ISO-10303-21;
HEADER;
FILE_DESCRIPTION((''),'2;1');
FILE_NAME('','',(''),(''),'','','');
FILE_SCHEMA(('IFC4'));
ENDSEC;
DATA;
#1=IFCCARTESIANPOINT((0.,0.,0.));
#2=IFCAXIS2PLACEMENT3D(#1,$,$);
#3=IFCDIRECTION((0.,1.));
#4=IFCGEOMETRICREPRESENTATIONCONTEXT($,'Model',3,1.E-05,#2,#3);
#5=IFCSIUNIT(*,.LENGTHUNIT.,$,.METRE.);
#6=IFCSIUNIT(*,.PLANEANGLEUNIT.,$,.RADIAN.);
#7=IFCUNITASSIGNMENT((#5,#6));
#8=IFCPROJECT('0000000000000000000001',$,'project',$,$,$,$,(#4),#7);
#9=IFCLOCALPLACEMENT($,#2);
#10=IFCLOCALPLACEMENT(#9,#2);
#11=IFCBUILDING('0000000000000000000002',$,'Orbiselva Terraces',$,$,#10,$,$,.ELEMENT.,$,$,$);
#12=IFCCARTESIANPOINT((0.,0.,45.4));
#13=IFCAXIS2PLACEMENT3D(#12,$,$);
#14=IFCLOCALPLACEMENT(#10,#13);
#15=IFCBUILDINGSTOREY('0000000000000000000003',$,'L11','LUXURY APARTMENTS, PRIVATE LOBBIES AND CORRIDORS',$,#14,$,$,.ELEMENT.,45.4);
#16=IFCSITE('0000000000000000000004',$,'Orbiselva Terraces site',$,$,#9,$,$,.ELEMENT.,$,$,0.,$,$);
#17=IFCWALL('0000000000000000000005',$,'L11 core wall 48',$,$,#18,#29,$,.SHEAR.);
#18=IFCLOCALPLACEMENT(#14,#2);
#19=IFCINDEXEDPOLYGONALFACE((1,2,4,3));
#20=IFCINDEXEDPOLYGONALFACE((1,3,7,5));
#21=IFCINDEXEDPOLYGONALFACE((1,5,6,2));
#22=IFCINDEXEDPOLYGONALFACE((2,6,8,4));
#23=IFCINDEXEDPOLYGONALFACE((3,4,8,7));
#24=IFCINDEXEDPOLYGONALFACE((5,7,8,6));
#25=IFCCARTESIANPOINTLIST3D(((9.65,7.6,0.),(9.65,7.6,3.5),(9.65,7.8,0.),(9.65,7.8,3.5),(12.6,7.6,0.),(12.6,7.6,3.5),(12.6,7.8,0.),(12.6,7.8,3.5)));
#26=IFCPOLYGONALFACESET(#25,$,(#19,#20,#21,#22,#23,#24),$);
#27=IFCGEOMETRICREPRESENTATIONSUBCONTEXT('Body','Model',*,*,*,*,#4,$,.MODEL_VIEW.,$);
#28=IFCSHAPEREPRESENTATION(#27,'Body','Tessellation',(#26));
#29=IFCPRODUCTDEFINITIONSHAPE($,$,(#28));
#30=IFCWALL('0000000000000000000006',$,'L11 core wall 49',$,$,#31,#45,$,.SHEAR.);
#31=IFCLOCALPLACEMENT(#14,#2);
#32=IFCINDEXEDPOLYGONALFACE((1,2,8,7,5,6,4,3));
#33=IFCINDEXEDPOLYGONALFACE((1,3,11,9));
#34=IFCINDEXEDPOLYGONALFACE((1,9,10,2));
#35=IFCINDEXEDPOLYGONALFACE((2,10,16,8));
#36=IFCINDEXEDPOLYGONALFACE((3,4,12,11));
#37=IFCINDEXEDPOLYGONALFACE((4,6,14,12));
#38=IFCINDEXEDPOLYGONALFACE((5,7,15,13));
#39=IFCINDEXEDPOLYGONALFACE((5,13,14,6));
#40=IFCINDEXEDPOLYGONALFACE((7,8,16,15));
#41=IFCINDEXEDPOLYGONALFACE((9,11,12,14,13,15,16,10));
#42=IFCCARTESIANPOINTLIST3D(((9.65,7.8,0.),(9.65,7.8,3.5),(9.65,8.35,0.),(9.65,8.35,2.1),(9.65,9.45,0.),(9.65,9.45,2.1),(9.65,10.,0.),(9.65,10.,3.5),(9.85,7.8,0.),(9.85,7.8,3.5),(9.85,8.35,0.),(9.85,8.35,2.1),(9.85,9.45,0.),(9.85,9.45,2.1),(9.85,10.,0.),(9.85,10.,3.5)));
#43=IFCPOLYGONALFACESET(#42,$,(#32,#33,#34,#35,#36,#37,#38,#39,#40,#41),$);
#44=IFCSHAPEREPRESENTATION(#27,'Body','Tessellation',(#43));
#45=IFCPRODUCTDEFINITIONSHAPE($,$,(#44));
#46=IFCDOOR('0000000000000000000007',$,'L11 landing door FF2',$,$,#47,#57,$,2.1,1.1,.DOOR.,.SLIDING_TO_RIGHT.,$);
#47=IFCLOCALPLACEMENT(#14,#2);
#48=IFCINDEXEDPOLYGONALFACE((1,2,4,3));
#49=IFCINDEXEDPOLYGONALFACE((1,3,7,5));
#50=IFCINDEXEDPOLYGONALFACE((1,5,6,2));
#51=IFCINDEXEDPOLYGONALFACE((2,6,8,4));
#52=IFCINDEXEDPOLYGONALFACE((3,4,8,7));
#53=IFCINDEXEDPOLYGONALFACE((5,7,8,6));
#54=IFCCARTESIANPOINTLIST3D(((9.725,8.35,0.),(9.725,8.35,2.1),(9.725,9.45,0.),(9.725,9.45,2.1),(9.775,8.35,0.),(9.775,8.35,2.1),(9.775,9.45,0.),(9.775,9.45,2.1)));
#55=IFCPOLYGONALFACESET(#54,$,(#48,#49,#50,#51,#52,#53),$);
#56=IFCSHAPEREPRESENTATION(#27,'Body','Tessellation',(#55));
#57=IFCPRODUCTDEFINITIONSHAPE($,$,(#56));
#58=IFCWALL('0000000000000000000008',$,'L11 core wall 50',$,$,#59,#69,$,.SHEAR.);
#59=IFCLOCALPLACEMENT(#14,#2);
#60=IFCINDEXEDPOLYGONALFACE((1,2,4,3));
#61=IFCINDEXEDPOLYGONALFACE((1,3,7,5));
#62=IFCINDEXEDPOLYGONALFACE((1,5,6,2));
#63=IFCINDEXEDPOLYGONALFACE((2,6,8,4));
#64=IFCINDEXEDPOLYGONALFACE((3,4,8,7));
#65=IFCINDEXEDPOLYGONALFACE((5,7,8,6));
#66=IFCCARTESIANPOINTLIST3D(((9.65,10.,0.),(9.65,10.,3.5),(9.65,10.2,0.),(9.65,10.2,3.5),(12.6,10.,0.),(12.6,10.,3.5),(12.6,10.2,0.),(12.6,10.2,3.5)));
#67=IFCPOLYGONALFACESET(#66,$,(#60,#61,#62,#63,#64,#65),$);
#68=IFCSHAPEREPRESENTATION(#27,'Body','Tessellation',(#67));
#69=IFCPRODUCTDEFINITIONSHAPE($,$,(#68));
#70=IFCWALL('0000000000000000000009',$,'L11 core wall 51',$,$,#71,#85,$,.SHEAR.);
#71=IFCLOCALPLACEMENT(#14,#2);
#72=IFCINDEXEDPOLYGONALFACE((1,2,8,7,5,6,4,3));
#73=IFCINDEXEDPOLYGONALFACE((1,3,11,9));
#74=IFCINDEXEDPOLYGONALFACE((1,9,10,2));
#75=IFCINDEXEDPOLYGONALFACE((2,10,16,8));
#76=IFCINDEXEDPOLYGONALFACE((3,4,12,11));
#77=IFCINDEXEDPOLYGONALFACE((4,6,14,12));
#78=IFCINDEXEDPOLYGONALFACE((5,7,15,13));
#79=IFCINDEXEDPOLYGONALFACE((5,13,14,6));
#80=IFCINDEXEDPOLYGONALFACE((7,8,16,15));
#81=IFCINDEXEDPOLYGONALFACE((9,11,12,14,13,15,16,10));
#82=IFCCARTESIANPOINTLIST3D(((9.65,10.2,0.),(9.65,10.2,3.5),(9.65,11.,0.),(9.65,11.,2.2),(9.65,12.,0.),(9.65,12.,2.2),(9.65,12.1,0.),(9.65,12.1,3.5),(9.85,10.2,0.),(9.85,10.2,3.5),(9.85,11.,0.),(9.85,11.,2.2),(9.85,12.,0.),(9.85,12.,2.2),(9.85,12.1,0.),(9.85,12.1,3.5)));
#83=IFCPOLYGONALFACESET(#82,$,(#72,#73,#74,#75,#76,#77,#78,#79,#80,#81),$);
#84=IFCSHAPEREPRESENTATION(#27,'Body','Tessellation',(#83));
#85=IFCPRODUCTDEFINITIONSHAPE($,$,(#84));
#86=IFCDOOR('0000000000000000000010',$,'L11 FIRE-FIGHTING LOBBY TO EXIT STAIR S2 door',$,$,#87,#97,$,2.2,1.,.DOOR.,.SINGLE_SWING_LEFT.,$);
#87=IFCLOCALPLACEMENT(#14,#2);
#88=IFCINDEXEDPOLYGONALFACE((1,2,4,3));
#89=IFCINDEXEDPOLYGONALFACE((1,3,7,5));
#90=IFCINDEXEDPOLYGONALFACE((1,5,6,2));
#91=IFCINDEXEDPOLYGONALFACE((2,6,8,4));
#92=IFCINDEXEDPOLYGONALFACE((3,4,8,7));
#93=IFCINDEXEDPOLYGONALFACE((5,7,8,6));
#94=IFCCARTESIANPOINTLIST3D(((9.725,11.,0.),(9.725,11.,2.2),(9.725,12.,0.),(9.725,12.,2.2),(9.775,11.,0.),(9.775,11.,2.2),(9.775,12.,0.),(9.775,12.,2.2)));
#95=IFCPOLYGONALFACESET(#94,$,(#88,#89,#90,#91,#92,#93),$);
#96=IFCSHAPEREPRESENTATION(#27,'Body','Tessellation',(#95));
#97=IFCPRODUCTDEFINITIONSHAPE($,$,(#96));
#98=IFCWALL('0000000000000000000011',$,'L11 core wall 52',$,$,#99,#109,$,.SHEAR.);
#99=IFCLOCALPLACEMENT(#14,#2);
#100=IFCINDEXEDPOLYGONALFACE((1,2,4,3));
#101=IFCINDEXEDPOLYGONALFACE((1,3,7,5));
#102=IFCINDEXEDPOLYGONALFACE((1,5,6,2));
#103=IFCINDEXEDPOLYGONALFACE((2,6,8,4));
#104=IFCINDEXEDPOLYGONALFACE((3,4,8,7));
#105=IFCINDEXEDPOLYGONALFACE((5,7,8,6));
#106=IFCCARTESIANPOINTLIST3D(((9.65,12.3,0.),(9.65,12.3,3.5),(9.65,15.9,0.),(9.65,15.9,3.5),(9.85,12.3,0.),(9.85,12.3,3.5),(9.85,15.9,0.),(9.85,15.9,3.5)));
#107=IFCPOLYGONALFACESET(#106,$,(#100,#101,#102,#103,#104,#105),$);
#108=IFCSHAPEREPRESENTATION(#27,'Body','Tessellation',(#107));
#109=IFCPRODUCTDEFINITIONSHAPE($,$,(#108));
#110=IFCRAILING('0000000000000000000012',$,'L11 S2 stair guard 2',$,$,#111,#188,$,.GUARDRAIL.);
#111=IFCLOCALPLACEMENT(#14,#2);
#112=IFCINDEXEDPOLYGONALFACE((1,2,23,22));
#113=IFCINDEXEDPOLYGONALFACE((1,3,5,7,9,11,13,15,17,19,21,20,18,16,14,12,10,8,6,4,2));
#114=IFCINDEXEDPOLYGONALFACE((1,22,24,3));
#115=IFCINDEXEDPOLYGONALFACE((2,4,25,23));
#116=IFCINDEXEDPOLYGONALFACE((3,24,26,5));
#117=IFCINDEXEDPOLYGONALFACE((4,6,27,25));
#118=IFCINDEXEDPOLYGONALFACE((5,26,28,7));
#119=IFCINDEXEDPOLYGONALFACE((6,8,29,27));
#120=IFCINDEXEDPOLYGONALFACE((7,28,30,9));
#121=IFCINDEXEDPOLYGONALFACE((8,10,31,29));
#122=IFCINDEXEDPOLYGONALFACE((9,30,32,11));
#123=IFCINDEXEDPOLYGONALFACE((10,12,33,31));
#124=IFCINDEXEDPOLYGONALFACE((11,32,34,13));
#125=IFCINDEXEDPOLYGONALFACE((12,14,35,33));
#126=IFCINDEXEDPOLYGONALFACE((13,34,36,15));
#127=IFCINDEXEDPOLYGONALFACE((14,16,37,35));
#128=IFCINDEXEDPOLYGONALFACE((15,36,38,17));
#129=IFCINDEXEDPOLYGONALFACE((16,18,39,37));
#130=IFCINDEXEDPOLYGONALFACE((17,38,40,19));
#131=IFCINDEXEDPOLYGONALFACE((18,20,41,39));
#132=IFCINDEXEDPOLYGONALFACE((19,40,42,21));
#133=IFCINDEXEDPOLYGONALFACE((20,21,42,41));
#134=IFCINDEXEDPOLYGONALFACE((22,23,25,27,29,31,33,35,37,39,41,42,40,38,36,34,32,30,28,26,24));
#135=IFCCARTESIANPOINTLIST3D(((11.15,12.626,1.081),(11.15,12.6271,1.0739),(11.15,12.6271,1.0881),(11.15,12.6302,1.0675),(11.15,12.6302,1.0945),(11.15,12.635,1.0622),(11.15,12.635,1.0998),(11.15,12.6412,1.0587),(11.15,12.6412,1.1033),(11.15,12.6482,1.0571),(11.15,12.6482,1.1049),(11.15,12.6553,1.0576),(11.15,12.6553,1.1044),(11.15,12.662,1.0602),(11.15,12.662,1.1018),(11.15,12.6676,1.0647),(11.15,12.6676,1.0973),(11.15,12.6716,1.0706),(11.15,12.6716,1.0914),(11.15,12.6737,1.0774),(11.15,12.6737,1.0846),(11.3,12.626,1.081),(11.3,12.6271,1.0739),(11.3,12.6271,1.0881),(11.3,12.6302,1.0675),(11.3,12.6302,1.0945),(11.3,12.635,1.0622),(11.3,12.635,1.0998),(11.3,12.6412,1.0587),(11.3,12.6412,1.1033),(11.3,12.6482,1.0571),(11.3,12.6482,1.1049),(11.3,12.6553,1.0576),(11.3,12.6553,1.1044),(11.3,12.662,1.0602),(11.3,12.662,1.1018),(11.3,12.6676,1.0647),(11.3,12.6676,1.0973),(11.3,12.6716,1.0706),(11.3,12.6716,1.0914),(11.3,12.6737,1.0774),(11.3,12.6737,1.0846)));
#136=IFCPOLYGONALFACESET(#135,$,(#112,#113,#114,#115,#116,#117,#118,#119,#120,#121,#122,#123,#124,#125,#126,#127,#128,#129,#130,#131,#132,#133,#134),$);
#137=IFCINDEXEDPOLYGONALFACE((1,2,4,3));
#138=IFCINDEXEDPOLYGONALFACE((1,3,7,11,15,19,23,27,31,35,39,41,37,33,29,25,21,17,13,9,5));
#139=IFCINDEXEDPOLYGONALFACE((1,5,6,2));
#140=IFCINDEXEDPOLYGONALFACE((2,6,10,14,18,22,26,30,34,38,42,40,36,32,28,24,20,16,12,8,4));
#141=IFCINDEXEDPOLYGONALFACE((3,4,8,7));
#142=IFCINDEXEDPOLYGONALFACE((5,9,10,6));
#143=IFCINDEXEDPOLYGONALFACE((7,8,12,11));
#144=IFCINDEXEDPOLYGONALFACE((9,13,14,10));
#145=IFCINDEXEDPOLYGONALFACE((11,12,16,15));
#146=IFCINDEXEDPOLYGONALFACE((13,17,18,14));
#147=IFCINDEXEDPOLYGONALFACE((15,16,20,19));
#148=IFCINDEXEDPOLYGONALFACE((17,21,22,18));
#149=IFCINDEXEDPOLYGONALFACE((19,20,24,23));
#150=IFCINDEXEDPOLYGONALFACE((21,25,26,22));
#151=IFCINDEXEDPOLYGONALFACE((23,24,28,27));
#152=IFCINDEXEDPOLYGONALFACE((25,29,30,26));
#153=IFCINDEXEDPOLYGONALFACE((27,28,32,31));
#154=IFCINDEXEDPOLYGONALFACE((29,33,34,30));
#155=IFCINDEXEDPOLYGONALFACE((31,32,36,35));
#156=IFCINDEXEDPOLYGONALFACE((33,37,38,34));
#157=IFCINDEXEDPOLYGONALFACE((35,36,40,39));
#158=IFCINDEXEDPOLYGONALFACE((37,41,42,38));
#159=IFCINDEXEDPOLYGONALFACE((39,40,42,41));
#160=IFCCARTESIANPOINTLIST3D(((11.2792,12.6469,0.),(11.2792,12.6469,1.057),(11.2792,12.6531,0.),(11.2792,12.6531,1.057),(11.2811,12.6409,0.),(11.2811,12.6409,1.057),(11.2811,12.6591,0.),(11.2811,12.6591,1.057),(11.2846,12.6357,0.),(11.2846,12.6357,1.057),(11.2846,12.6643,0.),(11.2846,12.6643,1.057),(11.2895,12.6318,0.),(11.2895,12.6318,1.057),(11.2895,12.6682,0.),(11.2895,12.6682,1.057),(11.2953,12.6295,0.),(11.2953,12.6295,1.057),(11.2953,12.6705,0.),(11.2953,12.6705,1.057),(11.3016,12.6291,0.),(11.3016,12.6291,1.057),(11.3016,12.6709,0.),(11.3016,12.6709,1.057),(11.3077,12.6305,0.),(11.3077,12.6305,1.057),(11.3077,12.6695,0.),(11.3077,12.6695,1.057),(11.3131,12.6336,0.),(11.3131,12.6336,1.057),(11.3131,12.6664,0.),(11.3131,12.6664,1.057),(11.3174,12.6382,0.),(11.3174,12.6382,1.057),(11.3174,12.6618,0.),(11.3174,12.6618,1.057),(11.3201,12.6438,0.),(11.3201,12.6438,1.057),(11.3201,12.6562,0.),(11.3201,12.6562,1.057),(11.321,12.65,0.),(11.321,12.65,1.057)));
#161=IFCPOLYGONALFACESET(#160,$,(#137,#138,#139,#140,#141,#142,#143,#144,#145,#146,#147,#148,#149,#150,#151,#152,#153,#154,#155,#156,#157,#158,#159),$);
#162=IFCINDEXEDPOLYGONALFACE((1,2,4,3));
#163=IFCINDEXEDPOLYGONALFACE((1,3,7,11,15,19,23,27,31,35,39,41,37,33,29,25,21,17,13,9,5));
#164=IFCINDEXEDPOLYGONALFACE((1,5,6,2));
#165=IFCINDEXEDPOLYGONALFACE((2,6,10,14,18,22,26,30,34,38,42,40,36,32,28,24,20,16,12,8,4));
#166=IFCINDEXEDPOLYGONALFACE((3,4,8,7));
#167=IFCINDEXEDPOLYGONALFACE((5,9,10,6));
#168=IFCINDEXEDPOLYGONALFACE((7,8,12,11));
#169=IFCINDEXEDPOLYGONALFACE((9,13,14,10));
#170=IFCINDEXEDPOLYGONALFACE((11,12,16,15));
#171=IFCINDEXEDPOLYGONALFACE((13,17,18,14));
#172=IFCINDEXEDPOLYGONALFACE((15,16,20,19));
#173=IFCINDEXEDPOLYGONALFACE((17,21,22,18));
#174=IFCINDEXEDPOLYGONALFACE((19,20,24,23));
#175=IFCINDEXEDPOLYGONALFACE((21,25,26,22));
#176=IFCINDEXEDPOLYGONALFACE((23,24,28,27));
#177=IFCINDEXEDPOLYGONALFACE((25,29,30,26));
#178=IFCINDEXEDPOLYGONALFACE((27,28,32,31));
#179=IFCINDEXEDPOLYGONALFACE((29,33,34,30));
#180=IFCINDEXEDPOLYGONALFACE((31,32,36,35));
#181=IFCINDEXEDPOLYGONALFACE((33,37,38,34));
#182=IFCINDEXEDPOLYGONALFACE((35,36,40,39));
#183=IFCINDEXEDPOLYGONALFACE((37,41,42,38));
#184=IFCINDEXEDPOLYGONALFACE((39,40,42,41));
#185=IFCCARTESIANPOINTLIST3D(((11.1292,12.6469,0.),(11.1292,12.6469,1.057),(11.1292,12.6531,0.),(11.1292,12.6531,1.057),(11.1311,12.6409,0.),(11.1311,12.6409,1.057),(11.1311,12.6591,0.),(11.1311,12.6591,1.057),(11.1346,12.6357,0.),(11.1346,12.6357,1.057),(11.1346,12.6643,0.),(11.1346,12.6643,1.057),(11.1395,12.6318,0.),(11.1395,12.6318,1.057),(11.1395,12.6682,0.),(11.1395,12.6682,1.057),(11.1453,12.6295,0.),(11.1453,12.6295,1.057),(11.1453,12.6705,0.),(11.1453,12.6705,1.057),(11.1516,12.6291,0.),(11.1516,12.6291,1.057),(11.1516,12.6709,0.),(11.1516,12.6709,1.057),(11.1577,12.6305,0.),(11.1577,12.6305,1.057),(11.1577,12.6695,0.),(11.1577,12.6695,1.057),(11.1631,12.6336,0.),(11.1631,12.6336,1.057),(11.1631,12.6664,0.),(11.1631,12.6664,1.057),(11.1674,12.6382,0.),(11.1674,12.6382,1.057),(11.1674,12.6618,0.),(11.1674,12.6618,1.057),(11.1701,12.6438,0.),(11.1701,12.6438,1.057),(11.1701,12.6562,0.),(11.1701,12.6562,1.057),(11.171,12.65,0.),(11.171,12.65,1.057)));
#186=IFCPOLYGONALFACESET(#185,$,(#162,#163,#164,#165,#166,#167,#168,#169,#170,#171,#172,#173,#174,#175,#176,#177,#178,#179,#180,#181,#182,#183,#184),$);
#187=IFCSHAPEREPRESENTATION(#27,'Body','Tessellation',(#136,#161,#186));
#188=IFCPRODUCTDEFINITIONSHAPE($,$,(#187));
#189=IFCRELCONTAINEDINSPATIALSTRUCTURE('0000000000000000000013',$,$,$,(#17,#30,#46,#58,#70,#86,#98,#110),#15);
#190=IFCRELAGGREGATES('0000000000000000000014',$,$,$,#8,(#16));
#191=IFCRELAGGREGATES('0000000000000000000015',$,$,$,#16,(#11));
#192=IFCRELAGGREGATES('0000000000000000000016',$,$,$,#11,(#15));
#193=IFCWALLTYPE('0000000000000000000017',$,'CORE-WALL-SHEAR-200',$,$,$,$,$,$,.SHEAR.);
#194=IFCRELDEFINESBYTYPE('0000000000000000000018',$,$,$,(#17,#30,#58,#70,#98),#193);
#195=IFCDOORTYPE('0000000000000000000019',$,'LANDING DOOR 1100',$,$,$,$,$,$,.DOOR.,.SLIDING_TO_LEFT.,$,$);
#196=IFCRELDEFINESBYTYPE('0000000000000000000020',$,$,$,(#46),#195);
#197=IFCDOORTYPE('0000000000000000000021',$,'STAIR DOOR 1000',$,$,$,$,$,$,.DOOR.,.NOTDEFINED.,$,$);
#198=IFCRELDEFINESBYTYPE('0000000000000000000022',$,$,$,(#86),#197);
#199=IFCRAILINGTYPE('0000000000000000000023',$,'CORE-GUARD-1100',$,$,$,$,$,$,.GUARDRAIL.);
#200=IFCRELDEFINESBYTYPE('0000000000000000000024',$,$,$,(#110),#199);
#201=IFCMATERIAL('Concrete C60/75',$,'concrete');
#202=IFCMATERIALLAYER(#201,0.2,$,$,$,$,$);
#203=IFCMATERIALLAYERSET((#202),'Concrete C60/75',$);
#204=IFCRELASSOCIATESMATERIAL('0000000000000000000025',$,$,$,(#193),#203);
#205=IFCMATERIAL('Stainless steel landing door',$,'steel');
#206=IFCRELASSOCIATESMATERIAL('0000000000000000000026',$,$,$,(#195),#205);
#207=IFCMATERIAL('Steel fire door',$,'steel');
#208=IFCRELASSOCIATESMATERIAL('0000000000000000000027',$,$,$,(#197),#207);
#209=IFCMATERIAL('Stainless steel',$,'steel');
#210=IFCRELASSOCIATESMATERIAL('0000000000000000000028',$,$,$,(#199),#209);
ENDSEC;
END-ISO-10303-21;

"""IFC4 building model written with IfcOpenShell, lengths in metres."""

from ifc_helpers import new_model, si_unit, direction, frame, frame_2d, origin, origin_2d, place, context, subcontext, project, spatial, rectangle, circle, extrude, material, layer, layer_set, type_object, element, fill, save


model = new_model("IFC4")

# Units and contexts
model_context = context("Model", 3, precision=1e-05, world=origin(), true_north=direction((0.0, 1.0)))
body_context = subcontext(model_context, "Body", "Model", "MODEL_VIEW")
ifc_project = project(units=[si_unit("LENGTHUNIT", "METRE"), si_unit("PLANEANGLEUNIT", "RADIAN")], contexts=[model_context])

# Site, building, storey
site_placement = place(None, origin())
site = spatial("IfcSite", under=ifc_project, at=site_placement, Name="Orbiselva Terraces site", CompositionType="ELEMENT", RefElevation=0.0)
building_placement = place(site_placement, origin())
building = spatial("IfcBuilding", under=site, at=building_placement, Name="Orbiselva Terraces", CompositionType="ELEMENT")
storey_placement = place(building_placement, frame((0.0, 0.0, 45.4)))
storey = spatial("IfcBuildingStorey", under=building, at=storey_placement, Name="L11", Description="LUXURY APARTMENTS, PRIVATE LOBBIES AND CORRIDORS", CompositionType="ELEMENT", Elevation=45.4)

# Shared definitions
ifc_material_1 = material(Name="Steel fire door", Category="steel")

# Shared definitions
ifc_material_2 = material(Name="Concrete C60/75", Category="concrete")
ifc_layer_1 = layer(ifc_material_2, 0.2)
ifc_layer_set_1 = layer_set([ifc_layer_1], Name="Concrete C60/75")
wall_type_1 = type_object("IfcWallType", Name="CORE-WALL-SHEAR-200", PredefinedType="SHEAR", material=ifc_layer_set_1)

# Shared definitions
ifc_material_3 = material(Name="Stainless steel landing door", Category="steel")
door_type_1 = type_object("IfcDoorType", Name="LANDING DOOR 1100", OperationType="SLIDING_TO_LEFT", PredefinedType="DOOR", material=ifc_material_3)

# Wall
wall_1_placement = place(storey_placement, frame((9.65, 7.7, 0.0), z_axis=(0.0, 0.0, 1.0), x_axis=(1.0, 0.0, 0.0)))
element("IfcWall", 1, at=wall_1_placement, inside=storey, type_object=wall_type_1, Name="L11 core wall 48", PredefinedType="SHEAR", context=body_context, shape_type="SweptSolid", body=[
    extrude(rectangle(XDim=2.95, YDim=0.2, at=frame_2d((1.475, 0.0))), origin(), (0.0, 0.0, 1.0), 3.5),
])

# Wall, opening, door
wall_2_placement = place(storey_placement, frame((9.75, 7.8, 0.0), z_axis=(0.0, 0.0, 1.0), x_axis=(0.0, 1.0, 0.0)))
wall_2 = element("IfcWall", 2, at=wall_2_placement, inside=storey, type_object=wall_type_1, Name="L11 core wall 49", PredefinedType="SHEAR", context=body_context, shape_type="SweptSolid", body=[
    extrude(rectangle(XDim=2.2, YDim=0.2, at=frame_2d((1.1, 0.0))), origin(), (0.0, 0.0, 1.0), 3.5),
])
opening_1_placement = place(wall_2_placement, frame((0.55, 0.0, 0.0)))
opening_1 = element("IfcOpeningElement", 3, at=opening_1_placement, cuts=wall_2, PredefinedType="OPENING", context=body_context, shape_type="SweptSolid", body=[
    extrude(rectangle(XDim=1.1, YDim=2.1, at=frame_2d((0.55, 1.05))), frame((0.0, 0.11, 0.0), z_axis=(0.0, -1.0, 0.0), x_axis=(1.0, 0.0, 0.0)), (0.0, 0.0, 1.0), 0.22),
])
door_1_placement = place(opening_1_placement, origin())
door_1 = element("IfcDoor", 4, at=door_1_placement, inside=storey, type_object=door_type_1, Name="L11 landing door FF2", OperationType="SLIDING_TO_RIGHT", OverallHeight=2.1, OverallWidth=1.1, PredefinedType="DOOR", context=body_context, shape_type="SweptSolid", body=[
    extrude(rectangle(XDim=1.1, YDim=2.1, at=frame_2d((0.55, 1.05))), frame((0.0, 0.025, 0.0), z_axis=(0.0, -1.0, 0.0), x_axis=(1.0, 0.0, 0.0)), (0.0, 0.0, 1.0), 0.05),
])
fill(opening_1, door_1)

# Wall
wall_3_placement = place(storey_placement, frame((9.65, 10.1, 0.0), z_axis=(0.0, 0.0, 1.0), x_axis=(1.0, 0.0, 0.0)))
element("IfcWall", 5, at=wall_3_placement, inside=storey, type_object=wall_type_1, Name="L11 core wall 50", PredefinedType="SHEAR", context=body_context, shape_type="SweptSolid", body=[
    extrude(rectangle(XDim=2.95, YDim=0.2, at=frame_2d((1.475, 0.0))), origin(), (0.0, 0.0, 1.0), 3.5),
])

# Wall, opening, door
wall_4_placement = place(storey_placement, frame((9.75, 12.1, 0.0), z_axis=(0.0, 0.0, 1.0), x_axis=(0.0, -1.0, 0.0)))
wall_4 = element("IfcWall", 6, at=wall_4_placement, inside=storey, type_object=wall_type_1, Name="L11 core wall 51", PredefinedType="SHEAR", context=body_context, shape_type="SweptSolid", body=[
    extrude(rectangle(XDim=1.9, YDim=0.2, at=frame_2d((0.95, 0.0))), origin(), (0.0, 0.0, 1.0), 3.5),
])
opening_2_placement = place(wall_4_placement, frame((0.1, 0.0, 0.0)))
opening_2 = element("IfcOpeningElement", 7, at=opening_2_placement, cuts=wall_4, PredefinedType="OPENING", context=body_context, shape_type="SweptSolid", body=[
    extrude(rectangle(XDim=1.0, YDim=2.2, at=frame_2d((0.5, 1.1))), frame((0.0, 0.11, 0.0), z_axis=(0.0, -1.0, 0.0), x_axis=(1.0, 0.0, 0.0)), (0.0, 0.0, 1.0), 0.22),
])
door_type_2 = type_object("IfcDoorType", Name="STAIR DOOR 1000", OperationType="NOTDEFINED", PredefinedType="DOOR", material=ifc_material_1)
door_2_placement = place(opening_2_placement, origin())
door_2 = element("IfcDoor", 8, at=door_2_placement, inside=storey, type_object=door_type_2, Name="L11 FIRE-FIGHTING LOBBY TO EXIT STAIR S2 door", OperationType="SINGLE_SWING_LEFT", OverallHeight=2.2, OverallWidth=1.0, PredefinedType="DOOR", context=body_context, shape_type="SweptSolid", body=[
    extrude(rectangle(XDim=1.0, YDim=2.2, at=frame_2d((0.5, 1.1))), frame((0.0, 0.025, 0.0), z_axis=(0.0, -1.0, 0.0), x_axis=(1.0, 0.0, 0.0)), (0.0, 0.0, 1.0), 0.05),
])
fill(opening_2, door_2)

# Wall
wall_5_placement = place(storey_placement, frame((9.75, 12.3, 0.0), z_axis=(0.0, 0.0, 1.0), x_axis=(0.0, 1.0, 0.0)))
element("IfcWall", 9, at=wall_5_placement, inside=storey, type_object=wall_type_1, Name="L11 core wall 52", PredefinedType="SHEAR", context=body_context, shape_type="SweptSolid", body=[
    extrude(rectangle(XDim=3.6, YDim=0.2, at=frame_2d((1.8, 0.0))), origin(), (0.0, 0.0, 1.0), 3.5),
])

# Railing
ifc_material_4 = material(Name="Stainless steel", Category="steel")
railing_type = type_object("IfcRailingType", Name="CORE-GUARD-1100", PredefinedType="GUARDRAIL", material=ifc_material_4)
railing_1_placement = place(storey_placement, frame((11.3, 12.65, 0.0)))
element("IfcRailing", 10, at=railing_1_placement, inside=storey, type_object=railing_type, Name="L11 S2 stair guard 2", PredefinedType="GUARDRAIL", context=body_context, shape_type="SweptSolid", body=[
    extrude(circle(Radius=0.024, at=origin_2d()), frame((0.0, 0.0, 1.081), z_axis=(-1.0, 0.0, 0.0), x_axis=(0.0, -1.0, 0.0)), (0.0, 0.0, 1.0), 0.15),
    extrude(circle(Radius=0.021, at=origin_2d()), origin(), (0.0, 0.0, 1.0), 1.057),
    extrude(circle(Radius=0.021, at=origin_2d()), frame((-0.15, 0.0, 0.0)), (0.0, 0.0, 1.0), 1.057),
])

save(model, "model.ifc")
